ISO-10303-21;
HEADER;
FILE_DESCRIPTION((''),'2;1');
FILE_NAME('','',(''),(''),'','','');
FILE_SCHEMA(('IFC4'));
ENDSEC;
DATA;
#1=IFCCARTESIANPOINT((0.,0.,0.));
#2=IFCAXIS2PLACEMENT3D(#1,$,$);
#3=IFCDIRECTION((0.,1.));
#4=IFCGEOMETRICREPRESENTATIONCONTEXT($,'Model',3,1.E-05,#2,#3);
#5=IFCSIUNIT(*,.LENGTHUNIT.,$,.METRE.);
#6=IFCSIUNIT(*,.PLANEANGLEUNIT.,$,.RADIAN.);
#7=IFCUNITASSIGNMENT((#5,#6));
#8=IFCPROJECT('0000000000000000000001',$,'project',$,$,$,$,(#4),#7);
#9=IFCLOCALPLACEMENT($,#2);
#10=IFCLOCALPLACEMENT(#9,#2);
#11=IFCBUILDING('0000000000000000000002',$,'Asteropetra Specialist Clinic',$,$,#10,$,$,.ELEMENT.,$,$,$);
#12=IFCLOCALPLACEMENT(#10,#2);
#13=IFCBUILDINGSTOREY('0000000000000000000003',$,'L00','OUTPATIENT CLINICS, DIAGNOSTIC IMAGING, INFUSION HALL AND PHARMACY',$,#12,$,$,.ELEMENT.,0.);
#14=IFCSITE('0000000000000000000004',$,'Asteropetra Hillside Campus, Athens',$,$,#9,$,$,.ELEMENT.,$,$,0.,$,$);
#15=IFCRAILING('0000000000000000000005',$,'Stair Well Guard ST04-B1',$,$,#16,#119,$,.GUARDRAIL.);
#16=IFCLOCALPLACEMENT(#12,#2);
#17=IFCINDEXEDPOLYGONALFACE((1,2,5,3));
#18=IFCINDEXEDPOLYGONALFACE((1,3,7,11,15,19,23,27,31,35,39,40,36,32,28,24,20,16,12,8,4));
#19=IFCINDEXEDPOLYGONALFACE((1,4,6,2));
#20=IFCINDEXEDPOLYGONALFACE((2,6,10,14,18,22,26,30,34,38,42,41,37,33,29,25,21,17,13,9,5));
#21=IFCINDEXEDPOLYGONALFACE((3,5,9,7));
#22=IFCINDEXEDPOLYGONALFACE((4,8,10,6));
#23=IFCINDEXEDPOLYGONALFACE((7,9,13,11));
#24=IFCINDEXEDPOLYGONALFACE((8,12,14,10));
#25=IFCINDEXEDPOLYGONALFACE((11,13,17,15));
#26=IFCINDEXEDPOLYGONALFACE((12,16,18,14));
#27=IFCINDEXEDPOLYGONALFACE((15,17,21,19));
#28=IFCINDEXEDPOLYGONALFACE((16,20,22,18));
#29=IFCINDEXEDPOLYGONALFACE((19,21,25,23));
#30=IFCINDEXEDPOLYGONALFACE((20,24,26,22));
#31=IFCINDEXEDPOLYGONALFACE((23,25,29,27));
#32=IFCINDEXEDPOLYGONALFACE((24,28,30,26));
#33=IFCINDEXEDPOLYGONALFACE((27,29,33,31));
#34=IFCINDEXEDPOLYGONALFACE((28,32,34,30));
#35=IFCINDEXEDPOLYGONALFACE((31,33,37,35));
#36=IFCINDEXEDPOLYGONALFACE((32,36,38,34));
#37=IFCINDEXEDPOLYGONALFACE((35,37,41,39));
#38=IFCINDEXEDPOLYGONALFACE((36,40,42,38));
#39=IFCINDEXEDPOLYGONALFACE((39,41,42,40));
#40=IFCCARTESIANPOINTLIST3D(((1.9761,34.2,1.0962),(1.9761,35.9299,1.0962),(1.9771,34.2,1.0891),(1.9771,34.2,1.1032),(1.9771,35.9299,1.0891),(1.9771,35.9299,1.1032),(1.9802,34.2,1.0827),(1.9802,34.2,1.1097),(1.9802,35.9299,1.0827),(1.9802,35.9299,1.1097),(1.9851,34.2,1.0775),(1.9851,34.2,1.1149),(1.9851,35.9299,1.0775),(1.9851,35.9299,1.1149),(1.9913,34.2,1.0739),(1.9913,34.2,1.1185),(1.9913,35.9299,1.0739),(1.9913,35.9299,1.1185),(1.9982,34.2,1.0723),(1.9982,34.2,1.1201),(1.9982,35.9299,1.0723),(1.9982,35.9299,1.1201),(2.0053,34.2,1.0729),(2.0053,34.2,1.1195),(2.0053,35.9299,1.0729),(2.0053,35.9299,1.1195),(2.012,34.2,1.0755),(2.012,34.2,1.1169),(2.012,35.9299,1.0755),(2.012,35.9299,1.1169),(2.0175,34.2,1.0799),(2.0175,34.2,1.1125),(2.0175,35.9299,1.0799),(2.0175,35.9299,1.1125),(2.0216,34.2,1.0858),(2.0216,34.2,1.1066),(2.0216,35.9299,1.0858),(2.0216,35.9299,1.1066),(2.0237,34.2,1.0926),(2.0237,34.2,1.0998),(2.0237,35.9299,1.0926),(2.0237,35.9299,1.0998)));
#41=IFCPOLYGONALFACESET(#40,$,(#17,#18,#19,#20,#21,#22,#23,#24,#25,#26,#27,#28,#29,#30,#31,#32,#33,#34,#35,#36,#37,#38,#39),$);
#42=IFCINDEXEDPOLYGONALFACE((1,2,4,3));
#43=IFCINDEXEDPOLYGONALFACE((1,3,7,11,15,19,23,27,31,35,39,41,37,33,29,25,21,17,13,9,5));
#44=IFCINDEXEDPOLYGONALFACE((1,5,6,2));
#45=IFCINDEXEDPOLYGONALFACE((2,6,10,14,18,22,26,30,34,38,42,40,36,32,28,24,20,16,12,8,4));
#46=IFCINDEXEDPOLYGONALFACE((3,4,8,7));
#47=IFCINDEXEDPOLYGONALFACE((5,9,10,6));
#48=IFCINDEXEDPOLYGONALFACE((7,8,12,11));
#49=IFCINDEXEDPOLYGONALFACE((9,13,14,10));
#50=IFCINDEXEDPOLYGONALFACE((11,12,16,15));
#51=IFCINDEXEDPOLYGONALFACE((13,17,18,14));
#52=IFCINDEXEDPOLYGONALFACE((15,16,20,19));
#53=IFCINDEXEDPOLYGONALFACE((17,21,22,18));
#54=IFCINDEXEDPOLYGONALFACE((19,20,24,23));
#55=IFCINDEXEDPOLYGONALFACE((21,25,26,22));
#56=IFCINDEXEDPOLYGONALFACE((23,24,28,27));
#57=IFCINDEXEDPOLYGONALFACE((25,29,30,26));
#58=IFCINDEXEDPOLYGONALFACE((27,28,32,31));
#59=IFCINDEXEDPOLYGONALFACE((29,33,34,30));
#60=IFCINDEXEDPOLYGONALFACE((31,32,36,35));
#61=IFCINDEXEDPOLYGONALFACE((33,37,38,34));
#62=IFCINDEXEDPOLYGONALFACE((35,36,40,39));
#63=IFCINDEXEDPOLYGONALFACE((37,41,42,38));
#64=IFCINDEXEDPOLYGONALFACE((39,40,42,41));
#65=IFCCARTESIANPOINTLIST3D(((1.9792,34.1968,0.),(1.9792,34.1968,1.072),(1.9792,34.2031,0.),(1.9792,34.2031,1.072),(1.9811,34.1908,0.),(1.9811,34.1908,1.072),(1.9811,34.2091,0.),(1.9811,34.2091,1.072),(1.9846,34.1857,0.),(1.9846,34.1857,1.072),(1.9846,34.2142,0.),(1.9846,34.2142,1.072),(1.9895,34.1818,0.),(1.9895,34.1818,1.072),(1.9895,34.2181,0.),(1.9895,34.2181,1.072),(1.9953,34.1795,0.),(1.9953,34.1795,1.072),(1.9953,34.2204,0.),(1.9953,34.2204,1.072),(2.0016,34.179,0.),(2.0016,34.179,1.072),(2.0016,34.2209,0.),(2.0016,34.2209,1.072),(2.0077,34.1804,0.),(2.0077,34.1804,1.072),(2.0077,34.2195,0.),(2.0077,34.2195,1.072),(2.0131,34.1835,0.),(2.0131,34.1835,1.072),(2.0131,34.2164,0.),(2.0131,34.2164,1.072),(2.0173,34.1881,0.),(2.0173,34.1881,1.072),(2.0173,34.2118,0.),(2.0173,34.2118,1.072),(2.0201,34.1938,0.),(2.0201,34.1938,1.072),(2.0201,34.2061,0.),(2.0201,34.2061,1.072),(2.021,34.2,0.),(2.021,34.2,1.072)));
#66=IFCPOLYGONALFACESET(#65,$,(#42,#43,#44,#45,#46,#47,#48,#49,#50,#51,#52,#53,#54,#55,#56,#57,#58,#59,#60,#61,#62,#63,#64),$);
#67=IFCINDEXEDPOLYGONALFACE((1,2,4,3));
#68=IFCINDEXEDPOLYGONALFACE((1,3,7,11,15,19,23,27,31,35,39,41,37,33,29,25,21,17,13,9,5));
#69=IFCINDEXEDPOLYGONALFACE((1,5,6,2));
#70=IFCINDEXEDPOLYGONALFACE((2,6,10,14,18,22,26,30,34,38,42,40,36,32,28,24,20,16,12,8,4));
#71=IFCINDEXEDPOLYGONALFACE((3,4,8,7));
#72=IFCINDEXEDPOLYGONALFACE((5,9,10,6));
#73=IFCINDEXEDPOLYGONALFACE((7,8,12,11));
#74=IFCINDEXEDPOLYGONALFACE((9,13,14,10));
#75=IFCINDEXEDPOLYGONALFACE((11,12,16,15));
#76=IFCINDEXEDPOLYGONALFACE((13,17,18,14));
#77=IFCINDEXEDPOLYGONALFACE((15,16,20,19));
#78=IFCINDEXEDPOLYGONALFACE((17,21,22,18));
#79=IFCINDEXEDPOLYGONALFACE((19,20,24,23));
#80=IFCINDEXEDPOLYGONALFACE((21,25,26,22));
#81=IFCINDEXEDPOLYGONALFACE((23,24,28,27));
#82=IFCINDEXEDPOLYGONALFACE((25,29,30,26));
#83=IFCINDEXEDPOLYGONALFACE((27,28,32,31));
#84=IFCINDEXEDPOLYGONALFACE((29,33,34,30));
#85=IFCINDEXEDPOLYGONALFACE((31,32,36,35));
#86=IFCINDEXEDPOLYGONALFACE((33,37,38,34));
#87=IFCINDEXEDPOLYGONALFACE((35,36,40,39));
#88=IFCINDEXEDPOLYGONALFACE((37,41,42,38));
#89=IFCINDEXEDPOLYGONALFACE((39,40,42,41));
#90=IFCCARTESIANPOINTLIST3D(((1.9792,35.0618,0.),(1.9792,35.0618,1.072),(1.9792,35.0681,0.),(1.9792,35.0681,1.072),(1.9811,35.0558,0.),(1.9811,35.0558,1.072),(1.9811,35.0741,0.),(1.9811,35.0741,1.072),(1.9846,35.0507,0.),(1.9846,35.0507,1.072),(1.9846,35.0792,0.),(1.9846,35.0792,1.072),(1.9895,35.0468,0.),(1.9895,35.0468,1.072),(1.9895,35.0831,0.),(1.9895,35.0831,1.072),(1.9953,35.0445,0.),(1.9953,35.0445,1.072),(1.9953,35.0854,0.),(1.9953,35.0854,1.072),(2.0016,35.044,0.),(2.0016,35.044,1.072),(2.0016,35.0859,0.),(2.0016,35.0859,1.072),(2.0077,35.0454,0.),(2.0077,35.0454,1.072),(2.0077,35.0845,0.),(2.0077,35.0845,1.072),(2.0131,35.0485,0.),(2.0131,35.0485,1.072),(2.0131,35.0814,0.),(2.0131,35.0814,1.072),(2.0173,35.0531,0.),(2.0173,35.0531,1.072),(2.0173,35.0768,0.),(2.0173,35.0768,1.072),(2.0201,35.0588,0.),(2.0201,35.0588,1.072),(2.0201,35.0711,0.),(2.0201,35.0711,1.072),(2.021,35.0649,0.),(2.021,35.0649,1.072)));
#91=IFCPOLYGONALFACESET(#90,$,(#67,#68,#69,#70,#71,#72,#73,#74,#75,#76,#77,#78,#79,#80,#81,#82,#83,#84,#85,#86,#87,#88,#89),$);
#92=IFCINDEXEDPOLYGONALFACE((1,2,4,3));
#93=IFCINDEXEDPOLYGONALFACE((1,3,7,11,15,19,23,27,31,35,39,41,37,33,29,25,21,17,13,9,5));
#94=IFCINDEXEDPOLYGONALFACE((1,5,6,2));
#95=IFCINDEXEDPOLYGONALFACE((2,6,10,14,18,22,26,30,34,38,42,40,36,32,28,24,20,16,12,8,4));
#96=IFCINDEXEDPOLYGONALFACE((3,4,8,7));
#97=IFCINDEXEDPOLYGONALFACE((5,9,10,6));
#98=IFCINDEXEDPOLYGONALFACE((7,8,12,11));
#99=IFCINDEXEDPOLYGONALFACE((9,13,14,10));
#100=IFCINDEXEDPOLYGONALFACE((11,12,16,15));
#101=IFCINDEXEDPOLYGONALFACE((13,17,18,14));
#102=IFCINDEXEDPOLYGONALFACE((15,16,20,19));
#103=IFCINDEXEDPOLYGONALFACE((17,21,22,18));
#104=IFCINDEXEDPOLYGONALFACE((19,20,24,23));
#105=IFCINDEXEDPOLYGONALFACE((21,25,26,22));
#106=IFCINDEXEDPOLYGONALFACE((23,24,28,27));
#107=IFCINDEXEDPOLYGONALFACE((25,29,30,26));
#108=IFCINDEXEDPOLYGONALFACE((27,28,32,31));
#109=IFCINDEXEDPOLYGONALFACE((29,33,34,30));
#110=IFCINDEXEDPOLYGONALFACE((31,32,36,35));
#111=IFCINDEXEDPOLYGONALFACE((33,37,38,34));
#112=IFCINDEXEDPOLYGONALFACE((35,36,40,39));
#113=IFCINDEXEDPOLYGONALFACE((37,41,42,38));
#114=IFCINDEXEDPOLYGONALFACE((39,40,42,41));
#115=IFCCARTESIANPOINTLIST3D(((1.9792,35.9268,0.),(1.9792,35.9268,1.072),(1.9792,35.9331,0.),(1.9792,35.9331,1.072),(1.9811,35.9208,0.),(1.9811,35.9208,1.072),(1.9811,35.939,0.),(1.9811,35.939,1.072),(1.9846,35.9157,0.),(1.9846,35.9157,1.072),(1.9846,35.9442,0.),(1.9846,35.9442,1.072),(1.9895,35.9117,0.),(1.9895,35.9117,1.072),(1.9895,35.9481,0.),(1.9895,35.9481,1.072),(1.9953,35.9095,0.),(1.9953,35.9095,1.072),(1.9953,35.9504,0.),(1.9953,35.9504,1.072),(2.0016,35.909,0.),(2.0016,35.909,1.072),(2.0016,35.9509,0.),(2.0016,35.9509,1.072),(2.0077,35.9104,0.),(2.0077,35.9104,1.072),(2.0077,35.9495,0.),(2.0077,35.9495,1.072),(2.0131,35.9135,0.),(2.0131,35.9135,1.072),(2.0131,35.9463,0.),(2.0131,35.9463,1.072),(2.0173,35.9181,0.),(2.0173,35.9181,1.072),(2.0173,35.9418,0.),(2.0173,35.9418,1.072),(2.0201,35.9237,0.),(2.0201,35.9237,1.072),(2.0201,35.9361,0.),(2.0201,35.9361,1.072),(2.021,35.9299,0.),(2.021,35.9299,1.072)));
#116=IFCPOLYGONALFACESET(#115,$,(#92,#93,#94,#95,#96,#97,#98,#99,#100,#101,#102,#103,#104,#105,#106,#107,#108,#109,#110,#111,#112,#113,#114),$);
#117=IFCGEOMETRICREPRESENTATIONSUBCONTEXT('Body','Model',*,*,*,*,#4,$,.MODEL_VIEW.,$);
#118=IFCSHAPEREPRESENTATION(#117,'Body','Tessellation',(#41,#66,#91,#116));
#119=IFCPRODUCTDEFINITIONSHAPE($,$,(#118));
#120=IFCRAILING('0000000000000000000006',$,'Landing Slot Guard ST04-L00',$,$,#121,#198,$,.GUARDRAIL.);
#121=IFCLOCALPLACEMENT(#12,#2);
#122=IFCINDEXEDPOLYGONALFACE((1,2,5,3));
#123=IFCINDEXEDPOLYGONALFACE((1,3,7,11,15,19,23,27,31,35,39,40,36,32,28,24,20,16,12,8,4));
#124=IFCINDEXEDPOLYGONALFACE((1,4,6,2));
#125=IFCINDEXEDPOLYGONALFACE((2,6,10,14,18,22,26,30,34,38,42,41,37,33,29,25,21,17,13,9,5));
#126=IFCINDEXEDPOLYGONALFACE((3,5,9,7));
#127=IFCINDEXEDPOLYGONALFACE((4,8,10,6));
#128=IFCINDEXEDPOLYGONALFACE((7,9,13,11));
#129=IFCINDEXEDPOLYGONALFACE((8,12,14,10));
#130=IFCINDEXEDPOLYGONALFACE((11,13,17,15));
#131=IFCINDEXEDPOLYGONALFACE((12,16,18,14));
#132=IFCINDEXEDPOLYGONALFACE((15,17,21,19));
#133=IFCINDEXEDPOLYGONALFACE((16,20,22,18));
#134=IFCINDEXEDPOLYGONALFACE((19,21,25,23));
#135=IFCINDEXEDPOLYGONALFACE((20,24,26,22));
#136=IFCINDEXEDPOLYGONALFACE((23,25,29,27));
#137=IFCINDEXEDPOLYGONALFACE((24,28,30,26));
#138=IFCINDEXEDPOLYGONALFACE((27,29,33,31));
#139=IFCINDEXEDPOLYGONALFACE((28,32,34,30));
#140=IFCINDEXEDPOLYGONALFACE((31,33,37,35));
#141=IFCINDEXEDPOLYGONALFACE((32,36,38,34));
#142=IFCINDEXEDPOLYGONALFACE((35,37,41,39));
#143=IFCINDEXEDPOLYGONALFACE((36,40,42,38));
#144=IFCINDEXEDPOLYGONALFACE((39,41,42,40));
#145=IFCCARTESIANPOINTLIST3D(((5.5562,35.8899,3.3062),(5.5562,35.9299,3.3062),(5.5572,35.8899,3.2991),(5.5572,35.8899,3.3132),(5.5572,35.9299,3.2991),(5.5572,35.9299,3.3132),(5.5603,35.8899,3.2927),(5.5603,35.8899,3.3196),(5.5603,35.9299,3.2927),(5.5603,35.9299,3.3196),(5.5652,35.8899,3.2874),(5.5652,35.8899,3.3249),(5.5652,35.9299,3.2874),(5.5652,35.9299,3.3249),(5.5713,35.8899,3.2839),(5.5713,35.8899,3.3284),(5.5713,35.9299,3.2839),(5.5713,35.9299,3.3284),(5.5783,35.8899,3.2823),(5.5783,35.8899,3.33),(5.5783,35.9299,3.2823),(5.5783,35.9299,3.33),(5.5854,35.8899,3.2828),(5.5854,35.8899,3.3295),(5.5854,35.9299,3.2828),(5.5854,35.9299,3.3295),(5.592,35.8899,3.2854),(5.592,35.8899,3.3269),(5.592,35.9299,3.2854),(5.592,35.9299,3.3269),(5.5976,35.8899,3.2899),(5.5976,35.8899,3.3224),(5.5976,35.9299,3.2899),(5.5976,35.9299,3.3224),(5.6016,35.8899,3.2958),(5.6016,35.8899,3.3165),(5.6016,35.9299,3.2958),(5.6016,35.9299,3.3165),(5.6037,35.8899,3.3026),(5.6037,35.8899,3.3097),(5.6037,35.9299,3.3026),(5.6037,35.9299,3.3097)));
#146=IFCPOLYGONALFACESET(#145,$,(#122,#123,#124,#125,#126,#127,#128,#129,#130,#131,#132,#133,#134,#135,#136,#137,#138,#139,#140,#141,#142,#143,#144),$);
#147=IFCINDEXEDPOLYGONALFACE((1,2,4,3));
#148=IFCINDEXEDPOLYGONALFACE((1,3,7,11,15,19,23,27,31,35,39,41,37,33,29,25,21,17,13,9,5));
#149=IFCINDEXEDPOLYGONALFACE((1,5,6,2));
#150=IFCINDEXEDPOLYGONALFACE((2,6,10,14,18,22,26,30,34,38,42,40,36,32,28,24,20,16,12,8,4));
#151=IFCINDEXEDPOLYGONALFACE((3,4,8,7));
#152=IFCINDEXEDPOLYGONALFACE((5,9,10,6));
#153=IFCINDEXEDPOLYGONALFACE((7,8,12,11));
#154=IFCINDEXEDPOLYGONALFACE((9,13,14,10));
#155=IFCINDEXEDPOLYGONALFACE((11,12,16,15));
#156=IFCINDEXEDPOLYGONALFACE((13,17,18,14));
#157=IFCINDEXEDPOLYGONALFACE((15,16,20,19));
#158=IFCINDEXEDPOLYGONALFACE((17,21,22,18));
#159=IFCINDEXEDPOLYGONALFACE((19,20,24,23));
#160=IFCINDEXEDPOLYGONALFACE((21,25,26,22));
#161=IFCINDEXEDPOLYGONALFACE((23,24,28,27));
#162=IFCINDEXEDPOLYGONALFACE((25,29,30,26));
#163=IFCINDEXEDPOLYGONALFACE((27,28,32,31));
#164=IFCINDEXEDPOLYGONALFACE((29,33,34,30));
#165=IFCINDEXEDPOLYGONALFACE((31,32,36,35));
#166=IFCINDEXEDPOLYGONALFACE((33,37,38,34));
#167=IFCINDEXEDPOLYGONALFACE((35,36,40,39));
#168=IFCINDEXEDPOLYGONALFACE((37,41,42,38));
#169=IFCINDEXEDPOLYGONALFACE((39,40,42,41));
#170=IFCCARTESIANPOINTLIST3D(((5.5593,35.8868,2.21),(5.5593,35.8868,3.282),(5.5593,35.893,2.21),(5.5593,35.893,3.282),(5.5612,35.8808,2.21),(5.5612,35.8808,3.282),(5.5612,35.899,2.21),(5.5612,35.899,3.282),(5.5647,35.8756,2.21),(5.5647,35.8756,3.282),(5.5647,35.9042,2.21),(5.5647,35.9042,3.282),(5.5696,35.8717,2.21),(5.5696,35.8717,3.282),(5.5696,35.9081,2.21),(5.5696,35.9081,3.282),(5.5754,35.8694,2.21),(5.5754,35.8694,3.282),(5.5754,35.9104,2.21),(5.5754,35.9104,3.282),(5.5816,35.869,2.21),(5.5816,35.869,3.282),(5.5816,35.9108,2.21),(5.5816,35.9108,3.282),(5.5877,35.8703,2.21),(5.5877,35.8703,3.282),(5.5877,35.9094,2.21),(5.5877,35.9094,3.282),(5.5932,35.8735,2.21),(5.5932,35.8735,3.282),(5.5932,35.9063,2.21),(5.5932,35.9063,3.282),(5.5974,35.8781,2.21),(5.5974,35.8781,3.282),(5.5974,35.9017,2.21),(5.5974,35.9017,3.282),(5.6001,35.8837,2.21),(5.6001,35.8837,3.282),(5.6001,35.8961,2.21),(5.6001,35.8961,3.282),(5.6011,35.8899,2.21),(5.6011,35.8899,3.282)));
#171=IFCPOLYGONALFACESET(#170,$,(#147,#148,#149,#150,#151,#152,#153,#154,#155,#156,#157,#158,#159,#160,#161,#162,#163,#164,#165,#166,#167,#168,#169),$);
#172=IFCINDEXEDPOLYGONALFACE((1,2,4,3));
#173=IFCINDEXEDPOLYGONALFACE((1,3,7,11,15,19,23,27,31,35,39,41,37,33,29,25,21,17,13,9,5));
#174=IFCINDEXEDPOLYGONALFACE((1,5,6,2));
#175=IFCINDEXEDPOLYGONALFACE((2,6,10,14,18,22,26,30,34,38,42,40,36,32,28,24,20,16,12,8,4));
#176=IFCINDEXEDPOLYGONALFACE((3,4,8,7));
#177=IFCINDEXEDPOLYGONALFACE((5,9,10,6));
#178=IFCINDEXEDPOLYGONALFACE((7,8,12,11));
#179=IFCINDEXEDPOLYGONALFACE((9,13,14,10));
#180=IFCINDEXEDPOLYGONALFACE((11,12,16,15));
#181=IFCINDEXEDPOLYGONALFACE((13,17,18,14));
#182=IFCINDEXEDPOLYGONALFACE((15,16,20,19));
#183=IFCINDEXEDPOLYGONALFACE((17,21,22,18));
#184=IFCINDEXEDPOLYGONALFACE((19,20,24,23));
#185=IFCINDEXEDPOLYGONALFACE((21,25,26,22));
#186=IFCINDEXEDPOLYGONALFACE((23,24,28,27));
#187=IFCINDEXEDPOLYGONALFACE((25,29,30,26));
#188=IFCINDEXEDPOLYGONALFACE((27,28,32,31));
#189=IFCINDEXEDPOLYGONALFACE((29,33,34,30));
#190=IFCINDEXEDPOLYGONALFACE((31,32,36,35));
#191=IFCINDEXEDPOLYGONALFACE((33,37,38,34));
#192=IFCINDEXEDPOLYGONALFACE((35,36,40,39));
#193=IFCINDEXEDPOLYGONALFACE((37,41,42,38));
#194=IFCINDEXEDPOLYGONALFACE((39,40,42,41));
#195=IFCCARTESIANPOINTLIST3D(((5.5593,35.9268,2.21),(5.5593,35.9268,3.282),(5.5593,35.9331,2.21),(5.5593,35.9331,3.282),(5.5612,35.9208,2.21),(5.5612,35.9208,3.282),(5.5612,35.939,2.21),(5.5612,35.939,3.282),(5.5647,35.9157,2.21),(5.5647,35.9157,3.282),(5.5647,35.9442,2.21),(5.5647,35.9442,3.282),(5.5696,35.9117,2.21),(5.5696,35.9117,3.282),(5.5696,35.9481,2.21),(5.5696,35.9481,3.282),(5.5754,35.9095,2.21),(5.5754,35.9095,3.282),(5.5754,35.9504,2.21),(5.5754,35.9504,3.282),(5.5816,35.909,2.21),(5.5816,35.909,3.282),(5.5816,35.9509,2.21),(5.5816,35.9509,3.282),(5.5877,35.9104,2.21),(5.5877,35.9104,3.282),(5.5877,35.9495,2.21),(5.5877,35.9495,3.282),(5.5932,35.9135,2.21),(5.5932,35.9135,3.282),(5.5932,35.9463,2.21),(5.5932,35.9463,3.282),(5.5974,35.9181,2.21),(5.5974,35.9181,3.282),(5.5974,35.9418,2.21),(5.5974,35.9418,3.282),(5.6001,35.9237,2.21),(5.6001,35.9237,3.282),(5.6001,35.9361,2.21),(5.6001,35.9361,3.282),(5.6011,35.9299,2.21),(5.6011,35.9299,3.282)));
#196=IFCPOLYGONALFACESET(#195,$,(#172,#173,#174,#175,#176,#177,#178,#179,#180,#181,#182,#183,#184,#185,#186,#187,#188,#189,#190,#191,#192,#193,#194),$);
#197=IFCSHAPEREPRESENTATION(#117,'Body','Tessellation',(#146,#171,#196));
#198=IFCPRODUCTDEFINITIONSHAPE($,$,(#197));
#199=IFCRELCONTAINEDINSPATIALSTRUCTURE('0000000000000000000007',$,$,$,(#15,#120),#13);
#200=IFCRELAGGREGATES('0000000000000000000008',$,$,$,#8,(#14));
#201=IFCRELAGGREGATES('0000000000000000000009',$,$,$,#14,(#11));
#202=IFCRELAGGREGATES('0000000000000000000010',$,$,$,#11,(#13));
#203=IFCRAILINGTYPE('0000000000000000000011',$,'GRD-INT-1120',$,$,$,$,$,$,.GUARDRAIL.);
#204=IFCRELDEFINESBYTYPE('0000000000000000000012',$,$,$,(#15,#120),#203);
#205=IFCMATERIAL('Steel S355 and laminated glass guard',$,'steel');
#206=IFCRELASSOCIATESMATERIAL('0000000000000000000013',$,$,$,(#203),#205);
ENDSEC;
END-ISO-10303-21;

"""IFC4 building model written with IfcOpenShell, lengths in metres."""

from ifc_helpers import new_model, si_unit, direction, frame, origin, origin_2d, place, context, subcontext, project, spatial, circle, extrude, material, type_object, element, save


model = new_model("IFC4")

# Units and contexts
model_context = context("Model", 3, precision=1e-05, world=origin(), true_north=direction((0.0, 1.0)))
body_context = subcontext(model_context, "Body", "Model", "MODEL_VIEW")
ifc_project = project(units=[si_unit("LENGTHUNIT", "METRE"), si_unit("PLANEANGLEUNIT", "RADIAN")], contexts=[model_context])

# Site, building, storey
site_placement = place(None, origin())
site = spatial("IfcSite", under=ifc_project, at=site_placement, Name="Asteropetra Hillside Campus, Athens", CompositionType="ELEMENT", RefElevation=0.0)
building_placement = place(site_placement, origin())
building = spatial("IfcBuilding", under=site, at=building_placement, Name="Asteropetra Specialist Clinic", CompositionType="ELEMENT")
storey_placement = place(building_placement, origin())
storey = spatial("IfcBuildingStorey", under=building, at=storey_placement, Name="L00", Description="OUTPATIENT CLINICS, DIAGNOSTIC IMAGING, INFUSION HALL AND PHARMACY", CompositionType="ELEMENT", Elevation=0.0)

# Railings
ifc_material_1 = material(Name="Steel S355 and laminated glass guard", Category="steel")
railing_type_1 = type_object("IfcRailingType", Name="GRD-INT-1120", PredefinedType="GUARDRAIL", material=ifc_material_1)
railing_1_placement = place(storey_placement, frame((2.0, 34.2, 0.0)))
element("IfcRailing", 1, at=railing_1_placement, inside=storey, type_object=railing_type_1, Name="Stair Well Guard ST04-B1", PredefinedType="GUARDRAIL", context=body_context, shape_type="SweptSolid", body=[
    extrude(circle(Radius=0.0239, at=origin_2d()), frame((0.0, 0.0, 1.0962), z_axis=(0.0, 1.0, 0.0), x_axis=(-1.0, 0.0, 0.0)), (0.0, 0.0, 1.0), 1.73),
    extrude(circle(Radius=0.021, at=origin_2d()), origin(), (0.0, 0.0, 1.0), 1.072),
    extrude(circle(Radius=0.021, at=origin_2d()), frame((0.0, 0.865, 0.0)), (0.0, 0.0, 1.0), 1.072),
    extrude(circle(Radius=0.021, at=origin_2d()), frame((0.0, 1.73, 0.0)), (0.0, 0.0, 1.0), 1.072),
])
railing_2_placement = place(storey_placement, frame((5.5801, 35.8899, 2.21)))
element("IfcRailing", 2, at=railing_2_placement, inside=storey, type_object=railing_type_1, Name="Landing Slot Guard ST04-L00", PredefinedType="GUARDRAIL", context=body_context, shape_type="SweptSolid", body=[
    extrude(circle(Radius=0.0239, at=origin_2d()), frame((0.0, 0.0, 1.0962), z_axis=(0.0, 1.0, 0.0), x_axis=(-1.0, 0.0, 0.0)), (0.0, 0.0, 1.0), 0.04),
    extrude(circle(Radius=0.021, at=origin_2d()), origin(), (0.0, 0.0, 1.0), 1.072),
    extrude(circle(Radius=0.021, at=origin_2d()), frame((0.0, 0.04, 0.0)), (0.0, 0.0, 1.0), 1.072),
])

save(model, "model.ifc")
